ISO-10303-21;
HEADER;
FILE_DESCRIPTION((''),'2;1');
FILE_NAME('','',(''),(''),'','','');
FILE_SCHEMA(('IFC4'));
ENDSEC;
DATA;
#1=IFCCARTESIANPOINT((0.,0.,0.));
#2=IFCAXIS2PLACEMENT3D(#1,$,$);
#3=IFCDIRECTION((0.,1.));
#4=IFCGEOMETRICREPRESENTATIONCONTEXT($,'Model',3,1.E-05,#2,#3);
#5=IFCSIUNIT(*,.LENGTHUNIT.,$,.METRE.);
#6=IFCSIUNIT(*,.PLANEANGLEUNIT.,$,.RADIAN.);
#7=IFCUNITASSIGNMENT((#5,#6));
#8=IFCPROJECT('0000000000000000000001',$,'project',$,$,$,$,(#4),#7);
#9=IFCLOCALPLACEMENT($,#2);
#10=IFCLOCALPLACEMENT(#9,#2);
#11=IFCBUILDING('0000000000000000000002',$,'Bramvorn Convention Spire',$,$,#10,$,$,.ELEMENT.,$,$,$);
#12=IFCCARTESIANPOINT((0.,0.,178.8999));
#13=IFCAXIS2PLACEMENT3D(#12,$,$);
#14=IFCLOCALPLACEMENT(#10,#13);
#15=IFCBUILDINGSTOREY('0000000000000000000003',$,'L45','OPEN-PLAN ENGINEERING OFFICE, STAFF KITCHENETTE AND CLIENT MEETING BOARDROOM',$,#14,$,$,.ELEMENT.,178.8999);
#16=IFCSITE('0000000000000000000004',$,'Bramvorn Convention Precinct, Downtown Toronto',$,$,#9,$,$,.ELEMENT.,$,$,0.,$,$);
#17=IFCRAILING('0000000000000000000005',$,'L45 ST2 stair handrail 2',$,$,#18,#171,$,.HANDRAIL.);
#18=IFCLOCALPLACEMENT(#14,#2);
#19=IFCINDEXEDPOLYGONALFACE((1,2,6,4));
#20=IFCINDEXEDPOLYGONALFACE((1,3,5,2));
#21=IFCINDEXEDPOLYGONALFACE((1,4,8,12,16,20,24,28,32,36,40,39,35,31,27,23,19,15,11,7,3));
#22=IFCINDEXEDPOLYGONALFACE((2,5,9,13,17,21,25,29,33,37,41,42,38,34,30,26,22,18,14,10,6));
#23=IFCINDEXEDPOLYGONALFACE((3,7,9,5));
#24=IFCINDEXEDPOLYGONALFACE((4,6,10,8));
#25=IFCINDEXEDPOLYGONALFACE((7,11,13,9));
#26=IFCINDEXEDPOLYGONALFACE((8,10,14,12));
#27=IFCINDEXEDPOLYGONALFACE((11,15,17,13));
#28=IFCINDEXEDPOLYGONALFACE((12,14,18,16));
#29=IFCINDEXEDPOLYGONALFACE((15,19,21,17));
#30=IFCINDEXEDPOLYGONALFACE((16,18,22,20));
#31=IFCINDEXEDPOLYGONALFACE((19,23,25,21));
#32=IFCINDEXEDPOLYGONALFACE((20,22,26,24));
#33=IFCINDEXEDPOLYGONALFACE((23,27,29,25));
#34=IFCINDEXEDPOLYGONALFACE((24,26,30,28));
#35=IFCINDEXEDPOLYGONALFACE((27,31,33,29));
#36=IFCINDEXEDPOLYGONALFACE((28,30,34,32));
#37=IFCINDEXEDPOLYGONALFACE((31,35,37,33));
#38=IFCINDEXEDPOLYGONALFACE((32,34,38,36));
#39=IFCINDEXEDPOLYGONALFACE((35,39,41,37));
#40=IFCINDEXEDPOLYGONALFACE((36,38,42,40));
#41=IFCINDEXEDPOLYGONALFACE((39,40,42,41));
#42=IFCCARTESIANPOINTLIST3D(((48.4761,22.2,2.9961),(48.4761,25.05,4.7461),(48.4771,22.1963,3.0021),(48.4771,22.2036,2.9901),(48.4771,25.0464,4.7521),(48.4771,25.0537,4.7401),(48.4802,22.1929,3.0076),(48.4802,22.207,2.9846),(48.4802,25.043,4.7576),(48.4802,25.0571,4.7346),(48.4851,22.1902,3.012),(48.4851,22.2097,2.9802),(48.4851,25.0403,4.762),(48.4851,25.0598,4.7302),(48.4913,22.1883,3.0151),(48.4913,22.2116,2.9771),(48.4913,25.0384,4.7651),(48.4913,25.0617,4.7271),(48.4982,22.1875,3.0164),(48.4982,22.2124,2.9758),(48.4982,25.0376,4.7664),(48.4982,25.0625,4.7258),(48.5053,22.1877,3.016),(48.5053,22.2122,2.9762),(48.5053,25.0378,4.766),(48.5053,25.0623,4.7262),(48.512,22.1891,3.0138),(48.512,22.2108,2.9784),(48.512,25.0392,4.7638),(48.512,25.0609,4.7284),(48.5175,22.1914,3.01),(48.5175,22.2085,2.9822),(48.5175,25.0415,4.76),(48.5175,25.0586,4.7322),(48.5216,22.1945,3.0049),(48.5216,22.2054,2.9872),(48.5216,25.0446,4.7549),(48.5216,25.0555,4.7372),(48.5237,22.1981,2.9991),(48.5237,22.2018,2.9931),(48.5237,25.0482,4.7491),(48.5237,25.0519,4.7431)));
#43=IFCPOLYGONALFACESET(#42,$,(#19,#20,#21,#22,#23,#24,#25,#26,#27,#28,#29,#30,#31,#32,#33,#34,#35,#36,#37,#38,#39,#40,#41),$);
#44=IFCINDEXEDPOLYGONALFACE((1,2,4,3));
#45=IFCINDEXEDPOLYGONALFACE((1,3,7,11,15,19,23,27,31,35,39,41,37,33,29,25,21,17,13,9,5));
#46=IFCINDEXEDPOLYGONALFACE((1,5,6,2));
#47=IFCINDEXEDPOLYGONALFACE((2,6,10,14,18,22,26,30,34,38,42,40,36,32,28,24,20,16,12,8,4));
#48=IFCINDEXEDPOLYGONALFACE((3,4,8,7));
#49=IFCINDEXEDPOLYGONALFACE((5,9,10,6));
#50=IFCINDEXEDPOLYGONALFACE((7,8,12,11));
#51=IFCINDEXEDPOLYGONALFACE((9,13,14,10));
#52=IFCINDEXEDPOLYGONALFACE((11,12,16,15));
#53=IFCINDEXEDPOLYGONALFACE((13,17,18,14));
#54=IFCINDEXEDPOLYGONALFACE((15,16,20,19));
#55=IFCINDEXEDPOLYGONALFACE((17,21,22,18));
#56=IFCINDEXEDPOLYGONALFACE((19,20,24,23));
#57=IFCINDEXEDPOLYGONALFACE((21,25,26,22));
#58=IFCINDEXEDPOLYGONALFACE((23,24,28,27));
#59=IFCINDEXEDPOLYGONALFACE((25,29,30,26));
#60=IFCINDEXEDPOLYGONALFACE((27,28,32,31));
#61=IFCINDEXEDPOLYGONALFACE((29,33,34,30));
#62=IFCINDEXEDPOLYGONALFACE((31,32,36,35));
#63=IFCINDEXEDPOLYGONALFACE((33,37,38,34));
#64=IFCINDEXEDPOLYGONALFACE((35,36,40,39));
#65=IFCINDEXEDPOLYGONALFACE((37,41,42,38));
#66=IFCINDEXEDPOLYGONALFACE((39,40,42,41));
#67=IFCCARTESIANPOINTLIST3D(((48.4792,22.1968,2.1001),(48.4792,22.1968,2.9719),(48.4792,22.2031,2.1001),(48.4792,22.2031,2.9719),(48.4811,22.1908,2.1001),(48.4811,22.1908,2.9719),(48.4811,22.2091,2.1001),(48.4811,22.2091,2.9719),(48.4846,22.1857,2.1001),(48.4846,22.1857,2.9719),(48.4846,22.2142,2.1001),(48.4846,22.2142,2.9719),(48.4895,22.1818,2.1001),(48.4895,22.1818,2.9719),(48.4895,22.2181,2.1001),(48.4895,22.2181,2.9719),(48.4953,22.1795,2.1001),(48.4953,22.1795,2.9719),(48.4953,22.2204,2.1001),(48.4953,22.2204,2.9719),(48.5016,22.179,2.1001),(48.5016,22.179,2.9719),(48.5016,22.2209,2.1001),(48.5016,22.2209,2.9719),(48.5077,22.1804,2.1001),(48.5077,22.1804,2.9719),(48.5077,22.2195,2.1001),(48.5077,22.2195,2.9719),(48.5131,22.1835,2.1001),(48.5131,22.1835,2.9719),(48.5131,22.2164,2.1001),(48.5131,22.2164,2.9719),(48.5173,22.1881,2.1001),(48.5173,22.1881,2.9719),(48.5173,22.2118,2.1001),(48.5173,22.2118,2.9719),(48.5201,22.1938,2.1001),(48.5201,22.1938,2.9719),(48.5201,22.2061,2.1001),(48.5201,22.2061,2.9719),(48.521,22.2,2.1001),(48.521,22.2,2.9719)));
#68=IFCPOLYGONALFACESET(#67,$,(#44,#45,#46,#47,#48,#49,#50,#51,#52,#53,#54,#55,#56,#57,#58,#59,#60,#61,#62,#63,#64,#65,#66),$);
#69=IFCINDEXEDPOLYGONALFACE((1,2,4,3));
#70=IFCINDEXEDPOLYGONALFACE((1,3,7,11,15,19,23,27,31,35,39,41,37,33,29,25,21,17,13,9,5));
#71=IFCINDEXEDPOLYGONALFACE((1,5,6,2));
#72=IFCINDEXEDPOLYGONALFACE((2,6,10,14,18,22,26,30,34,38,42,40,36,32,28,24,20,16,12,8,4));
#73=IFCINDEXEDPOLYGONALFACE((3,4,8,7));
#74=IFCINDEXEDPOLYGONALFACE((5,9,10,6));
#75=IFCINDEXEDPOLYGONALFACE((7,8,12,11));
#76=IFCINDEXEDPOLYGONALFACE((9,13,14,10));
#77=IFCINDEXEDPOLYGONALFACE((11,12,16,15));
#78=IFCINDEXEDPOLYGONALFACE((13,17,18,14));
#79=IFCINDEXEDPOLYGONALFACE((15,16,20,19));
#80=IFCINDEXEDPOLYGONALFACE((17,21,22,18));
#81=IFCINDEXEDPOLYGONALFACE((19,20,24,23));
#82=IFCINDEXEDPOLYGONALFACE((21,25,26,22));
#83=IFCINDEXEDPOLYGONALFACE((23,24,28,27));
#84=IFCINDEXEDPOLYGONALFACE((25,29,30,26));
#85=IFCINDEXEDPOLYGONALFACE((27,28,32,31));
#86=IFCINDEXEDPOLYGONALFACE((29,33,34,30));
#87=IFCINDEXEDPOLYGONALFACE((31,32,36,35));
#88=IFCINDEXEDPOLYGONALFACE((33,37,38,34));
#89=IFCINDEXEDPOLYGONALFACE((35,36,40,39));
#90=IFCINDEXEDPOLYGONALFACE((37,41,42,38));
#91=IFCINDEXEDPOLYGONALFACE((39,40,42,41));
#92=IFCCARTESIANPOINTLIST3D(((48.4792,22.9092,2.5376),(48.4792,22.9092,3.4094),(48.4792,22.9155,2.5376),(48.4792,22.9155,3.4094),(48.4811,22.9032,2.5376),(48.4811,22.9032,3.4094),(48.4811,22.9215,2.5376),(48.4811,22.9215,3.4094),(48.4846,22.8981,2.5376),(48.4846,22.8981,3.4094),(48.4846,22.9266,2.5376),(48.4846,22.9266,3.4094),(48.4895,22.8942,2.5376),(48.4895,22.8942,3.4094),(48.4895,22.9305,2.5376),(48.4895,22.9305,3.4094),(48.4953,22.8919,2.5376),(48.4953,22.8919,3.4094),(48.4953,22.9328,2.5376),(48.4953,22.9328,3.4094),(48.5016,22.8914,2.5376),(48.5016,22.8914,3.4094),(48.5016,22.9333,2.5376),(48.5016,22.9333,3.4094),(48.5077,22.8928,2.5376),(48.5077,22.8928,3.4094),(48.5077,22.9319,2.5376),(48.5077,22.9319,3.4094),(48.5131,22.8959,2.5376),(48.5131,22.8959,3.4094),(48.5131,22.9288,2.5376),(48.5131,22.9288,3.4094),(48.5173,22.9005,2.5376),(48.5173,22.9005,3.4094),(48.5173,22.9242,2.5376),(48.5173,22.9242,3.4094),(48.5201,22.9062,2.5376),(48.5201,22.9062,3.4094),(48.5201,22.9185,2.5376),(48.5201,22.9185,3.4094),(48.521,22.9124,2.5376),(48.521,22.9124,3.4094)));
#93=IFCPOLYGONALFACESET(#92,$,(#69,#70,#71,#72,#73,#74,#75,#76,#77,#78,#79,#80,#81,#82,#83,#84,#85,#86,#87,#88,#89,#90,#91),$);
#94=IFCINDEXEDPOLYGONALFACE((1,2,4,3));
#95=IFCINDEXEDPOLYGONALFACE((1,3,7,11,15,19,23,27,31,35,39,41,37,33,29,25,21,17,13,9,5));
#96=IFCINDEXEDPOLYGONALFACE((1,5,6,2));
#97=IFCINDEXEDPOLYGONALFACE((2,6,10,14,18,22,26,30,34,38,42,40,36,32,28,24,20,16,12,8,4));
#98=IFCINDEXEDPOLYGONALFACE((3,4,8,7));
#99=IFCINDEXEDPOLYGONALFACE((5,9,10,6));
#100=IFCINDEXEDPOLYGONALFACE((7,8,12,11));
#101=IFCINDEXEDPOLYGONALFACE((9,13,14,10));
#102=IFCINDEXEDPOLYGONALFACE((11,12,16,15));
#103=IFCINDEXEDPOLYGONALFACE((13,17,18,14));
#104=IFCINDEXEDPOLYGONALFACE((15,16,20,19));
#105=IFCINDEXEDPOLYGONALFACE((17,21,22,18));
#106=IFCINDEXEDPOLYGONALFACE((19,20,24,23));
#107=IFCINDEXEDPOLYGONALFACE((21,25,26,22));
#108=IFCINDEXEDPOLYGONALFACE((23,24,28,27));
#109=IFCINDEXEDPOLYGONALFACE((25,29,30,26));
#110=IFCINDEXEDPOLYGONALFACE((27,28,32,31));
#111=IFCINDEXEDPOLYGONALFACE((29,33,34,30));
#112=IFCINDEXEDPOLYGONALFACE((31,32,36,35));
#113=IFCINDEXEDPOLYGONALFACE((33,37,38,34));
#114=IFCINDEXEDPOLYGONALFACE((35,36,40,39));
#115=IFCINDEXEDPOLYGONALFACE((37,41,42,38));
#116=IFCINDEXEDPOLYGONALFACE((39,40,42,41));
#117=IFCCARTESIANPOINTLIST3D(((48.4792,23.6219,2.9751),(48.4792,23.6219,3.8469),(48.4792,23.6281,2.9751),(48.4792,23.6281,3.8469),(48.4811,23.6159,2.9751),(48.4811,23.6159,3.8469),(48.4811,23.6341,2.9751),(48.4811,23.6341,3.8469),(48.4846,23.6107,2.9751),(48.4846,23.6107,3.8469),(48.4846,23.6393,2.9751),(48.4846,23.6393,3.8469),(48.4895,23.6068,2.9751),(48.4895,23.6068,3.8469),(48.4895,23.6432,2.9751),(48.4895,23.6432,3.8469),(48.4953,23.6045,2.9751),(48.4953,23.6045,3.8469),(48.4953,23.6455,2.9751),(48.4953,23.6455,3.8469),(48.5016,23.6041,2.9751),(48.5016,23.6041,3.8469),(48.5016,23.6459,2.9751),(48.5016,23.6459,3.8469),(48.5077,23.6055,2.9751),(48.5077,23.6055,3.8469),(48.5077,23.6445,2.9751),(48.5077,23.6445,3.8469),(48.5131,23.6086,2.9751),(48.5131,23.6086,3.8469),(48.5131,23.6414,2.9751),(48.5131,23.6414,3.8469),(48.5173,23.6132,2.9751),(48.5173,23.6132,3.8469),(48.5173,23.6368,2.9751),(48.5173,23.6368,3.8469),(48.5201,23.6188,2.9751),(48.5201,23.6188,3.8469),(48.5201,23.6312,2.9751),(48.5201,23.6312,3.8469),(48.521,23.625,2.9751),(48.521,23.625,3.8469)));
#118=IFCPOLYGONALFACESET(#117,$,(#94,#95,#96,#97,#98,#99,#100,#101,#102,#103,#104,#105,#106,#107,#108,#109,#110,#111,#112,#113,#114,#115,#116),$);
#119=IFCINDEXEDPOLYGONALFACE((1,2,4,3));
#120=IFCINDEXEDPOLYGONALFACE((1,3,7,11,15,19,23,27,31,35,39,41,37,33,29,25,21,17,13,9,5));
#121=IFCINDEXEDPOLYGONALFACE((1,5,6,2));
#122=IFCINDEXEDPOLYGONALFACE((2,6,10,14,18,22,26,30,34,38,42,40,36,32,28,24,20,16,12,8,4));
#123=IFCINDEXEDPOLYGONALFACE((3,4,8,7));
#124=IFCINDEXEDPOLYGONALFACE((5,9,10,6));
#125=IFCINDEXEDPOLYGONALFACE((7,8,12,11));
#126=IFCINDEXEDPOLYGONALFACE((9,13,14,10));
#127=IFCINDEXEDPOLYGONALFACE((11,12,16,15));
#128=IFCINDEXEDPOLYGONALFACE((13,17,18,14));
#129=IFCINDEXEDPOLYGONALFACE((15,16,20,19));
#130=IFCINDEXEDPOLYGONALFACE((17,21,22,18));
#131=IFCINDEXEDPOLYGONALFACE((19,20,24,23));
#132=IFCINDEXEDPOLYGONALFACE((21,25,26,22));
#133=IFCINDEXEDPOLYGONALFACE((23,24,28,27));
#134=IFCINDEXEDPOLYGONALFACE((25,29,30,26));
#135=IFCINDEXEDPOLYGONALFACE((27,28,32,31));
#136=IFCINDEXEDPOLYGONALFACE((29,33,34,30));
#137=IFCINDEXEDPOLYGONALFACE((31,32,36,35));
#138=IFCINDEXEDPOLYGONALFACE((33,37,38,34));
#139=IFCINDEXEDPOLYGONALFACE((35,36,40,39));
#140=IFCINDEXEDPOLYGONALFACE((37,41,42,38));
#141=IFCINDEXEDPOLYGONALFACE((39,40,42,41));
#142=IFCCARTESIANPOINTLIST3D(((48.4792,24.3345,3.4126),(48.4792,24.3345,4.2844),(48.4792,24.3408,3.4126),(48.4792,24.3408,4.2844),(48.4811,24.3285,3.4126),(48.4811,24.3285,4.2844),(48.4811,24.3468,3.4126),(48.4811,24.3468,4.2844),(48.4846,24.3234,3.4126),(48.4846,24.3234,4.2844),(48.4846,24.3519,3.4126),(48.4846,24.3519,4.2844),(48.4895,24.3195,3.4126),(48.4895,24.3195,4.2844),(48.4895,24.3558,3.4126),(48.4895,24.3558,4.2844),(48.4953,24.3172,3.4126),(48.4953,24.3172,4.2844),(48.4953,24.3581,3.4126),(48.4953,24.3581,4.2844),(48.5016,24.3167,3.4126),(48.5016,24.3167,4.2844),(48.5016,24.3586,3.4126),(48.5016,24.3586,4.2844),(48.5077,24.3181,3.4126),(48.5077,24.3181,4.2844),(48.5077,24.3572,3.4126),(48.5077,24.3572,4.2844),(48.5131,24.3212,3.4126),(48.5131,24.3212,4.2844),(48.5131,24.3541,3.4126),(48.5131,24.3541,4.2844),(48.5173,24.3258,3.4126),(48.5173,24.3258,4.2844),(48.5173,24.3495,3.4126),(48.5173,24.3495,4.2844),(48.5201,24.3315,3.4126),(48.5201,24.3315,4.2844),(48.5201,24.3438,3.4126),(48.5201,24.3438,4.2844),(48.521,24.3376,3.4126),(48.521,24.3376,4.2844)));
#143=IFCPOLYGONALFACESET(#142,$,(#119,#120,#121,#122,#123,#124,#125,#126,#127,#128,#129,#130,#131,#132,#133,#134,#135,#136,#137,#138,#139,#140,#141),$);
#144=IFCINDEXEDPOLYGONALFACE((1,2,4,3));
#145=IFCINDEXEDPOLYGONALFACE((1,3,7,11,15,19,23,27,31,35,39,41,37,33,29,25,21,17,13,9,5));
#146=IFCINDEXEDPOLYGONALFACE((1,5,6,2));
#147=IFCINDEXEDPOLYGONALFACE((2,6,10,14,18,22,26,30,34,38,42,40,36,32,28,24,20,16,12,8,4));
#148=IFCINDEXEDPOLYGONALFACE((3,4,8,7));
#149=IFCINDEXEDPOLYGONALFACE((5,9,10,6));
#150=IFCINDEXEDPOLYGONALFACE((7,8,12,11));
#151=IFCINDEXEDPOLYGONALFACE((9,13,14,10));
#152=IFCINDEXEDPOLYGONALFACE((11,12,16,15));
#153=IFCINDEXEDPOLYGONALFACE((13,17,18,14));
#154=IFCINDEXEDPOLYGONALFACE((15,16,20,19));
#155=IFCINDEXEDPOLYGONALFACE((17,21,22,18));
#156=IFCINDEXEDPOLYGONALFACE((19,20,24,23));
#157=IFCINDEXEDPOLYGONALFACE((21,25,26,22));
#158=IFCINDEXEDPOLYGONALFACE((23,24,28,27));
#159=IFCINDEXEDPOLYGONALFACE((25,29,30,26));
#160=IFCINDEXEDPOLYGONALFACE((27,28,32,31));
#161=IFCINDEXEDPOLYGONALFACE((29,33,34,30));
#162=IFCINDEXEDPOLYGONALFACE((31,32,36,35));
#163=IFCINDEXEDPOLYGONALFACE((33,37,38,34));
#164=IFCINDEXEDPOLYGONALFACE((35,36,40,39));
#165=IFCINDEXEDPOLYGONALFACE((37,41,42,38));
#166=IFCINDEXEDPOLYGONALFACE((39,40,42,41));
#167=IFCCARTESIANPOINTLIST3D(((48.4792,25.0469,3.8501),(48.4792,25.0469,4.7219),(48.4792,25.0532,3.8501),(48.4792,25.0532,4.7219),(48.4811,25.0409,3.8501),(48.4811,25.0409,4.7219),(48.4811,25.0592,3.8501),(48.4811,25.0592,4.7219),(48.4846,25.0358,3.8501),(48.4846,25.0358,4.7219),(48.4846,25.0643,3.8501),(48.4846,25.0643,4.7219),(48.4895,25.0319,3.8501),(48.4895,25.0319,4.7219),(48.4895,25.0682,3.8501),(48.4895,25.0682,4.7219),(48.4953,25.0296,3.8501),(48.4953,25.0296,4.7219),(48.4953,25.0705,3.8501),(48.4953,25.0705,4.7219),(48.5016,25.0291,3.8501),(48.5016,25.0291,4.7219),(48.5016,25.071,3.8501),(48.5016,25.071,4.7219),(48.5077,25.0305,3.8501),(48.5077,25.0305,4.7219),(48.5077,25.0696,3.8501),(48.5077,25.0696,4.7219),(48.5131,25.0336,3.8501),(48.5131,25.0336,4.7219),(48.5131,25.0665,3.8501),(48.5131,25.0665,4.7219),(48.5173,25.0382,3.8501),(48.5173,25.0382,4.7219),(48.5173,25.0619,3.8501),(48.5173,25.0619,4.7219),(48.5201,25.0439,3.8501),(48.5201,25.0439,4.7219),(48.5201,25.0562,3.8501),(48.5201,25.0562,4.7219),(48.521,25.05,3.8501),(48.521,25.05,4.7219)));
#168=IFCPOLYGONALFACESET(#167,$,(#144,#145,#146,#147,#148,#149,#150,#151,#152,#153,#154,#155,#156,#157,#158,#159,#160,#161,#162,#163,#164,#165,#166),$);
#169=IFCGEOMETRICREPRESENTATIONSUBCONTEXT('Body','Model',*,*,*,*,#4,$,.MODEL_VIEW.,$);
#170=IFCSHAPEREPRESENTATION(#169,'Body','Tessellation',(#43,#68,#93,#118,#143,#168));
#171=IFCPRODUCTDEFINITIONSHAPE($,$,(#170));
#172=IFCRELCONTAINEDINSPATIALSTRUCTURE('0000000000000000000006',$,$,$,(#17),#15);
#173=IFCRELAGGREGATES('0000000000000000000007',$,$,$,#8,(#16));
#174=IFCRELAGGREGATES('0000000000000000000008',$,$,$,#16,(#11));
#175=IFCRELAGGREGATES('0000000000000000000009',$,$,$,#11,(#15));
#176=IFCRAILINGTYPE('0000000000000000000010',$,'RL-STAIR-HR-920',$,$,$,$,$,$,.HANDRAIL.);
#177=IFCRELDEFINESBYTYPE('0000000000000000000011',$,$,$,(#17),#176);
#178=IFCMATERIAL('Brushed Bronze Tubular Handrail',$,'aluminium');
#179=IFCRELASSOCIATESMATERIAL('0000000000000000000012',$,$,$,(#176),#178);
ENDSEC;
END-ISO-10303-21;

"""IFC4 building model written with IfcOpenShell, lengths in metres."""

from ifc_helpers import new_model, si_unit, direction, frame, origin, origin_2d, place, context, subcontext, project, spatial, circle, extrude, material, type_object, element, save


model = new_model("IFC4")

# Units and contexts
model_context = context("Model", 3, precision=1e-05, world=origin(), true_north=direction((0.0, 1.0)))
body_context = subcontext(model_context, "Body", "Model", "MODEL_VIEW")
ifc_project = project(units=[si_unit("LENGTHUNIT", "METRE"), si_unit("PLANEANGLEUNIT", "RADIAN")], contexts=[model_context])

# Site, building, storey
site_placement = place(None, origin())
site = spatial("IfcSite", under=ifc_project, at=site_placement, Name="Bramvorn Convention Precinct, Downtown Toronto", CompositionType="ELEMENT", RefElevation=0.0)
building_placement = place(site_placement, origin())
building = spatial("IfcBuilding", under=site, at=building_placement, Name="Bramvorn Convention Spire", CompositionType="ELEMENT")
storey_placement = place(building_placement, frame((0.0, 0.0, 178.8999)))
storey = spatial("IfcBuildingStorey", under=building, at=storey_placement, Name="L45", Description="OPEN-PLAN ENGINEERING OFFICE, STAFF KITCHENETTE AND CLIENT MEETING BOARDROOM", CompositionType="ELEMENT", Elevation=178.8999)

# Railing
ifc_material_1 = material(Name="Brushed Bronze Tubular Handrail", Category="aluminium")
railing_type_1 = type_object("IfcRailingType", Name="RL-STAIR-HR-920", PredefinedType="HANDRAIL", material=ifc_material_1)
railing_1_placement = place(storey_placement, frame((48.5, 22.2, 2.1001)))
element("IfcRailing", 1, at=railing_1_placement, inside=storey, type_object=railing_type_1, Name="L45 ST2 stair handrail 2", PredefinedType="HANDRAIL", context=body_context, shape_type="SweptSolid", body=[
    extrude(circle(Radius=0.0239, at=origin_2d()), frame((0.0, 0.0, 0.896), z_axis=(0.0, 0.852179, 0.52325), x_axis=(-1.0, 0.0, 0.0)), (0.0, 0.0, 1.0), 3.3445),
    extrude(circle(Radius=0.021, at=origin_2d()), origin(), (0.0, 0.0, 1.0), 0.8718),
    extrude(circle(Radius=0.021, at=origin_2d()), frame((0.0, 0.7124, 0.4375)), (0.0, 0.0, 1.0), 0.8718),
    extrude(circle(Radius=0.021, at=origin_2d()), frame((0.0, 1.425, 0.875)), (0.0, 0.0, 1.0), 0.8718),
    extrude(circle(Radius=0.021, at=origin_2d()), frame((0.0, 2.1377, 1.3125)), (0.0, 0.0, 1.0), 0.8718),
    extrude(circle(Radius=0.021, at=origin_2d()), frame((0.0, 2.8501, 1.75)), (0.0, 0.0, 1.0), 0.8718),
])

save(model, "model.ifc")
